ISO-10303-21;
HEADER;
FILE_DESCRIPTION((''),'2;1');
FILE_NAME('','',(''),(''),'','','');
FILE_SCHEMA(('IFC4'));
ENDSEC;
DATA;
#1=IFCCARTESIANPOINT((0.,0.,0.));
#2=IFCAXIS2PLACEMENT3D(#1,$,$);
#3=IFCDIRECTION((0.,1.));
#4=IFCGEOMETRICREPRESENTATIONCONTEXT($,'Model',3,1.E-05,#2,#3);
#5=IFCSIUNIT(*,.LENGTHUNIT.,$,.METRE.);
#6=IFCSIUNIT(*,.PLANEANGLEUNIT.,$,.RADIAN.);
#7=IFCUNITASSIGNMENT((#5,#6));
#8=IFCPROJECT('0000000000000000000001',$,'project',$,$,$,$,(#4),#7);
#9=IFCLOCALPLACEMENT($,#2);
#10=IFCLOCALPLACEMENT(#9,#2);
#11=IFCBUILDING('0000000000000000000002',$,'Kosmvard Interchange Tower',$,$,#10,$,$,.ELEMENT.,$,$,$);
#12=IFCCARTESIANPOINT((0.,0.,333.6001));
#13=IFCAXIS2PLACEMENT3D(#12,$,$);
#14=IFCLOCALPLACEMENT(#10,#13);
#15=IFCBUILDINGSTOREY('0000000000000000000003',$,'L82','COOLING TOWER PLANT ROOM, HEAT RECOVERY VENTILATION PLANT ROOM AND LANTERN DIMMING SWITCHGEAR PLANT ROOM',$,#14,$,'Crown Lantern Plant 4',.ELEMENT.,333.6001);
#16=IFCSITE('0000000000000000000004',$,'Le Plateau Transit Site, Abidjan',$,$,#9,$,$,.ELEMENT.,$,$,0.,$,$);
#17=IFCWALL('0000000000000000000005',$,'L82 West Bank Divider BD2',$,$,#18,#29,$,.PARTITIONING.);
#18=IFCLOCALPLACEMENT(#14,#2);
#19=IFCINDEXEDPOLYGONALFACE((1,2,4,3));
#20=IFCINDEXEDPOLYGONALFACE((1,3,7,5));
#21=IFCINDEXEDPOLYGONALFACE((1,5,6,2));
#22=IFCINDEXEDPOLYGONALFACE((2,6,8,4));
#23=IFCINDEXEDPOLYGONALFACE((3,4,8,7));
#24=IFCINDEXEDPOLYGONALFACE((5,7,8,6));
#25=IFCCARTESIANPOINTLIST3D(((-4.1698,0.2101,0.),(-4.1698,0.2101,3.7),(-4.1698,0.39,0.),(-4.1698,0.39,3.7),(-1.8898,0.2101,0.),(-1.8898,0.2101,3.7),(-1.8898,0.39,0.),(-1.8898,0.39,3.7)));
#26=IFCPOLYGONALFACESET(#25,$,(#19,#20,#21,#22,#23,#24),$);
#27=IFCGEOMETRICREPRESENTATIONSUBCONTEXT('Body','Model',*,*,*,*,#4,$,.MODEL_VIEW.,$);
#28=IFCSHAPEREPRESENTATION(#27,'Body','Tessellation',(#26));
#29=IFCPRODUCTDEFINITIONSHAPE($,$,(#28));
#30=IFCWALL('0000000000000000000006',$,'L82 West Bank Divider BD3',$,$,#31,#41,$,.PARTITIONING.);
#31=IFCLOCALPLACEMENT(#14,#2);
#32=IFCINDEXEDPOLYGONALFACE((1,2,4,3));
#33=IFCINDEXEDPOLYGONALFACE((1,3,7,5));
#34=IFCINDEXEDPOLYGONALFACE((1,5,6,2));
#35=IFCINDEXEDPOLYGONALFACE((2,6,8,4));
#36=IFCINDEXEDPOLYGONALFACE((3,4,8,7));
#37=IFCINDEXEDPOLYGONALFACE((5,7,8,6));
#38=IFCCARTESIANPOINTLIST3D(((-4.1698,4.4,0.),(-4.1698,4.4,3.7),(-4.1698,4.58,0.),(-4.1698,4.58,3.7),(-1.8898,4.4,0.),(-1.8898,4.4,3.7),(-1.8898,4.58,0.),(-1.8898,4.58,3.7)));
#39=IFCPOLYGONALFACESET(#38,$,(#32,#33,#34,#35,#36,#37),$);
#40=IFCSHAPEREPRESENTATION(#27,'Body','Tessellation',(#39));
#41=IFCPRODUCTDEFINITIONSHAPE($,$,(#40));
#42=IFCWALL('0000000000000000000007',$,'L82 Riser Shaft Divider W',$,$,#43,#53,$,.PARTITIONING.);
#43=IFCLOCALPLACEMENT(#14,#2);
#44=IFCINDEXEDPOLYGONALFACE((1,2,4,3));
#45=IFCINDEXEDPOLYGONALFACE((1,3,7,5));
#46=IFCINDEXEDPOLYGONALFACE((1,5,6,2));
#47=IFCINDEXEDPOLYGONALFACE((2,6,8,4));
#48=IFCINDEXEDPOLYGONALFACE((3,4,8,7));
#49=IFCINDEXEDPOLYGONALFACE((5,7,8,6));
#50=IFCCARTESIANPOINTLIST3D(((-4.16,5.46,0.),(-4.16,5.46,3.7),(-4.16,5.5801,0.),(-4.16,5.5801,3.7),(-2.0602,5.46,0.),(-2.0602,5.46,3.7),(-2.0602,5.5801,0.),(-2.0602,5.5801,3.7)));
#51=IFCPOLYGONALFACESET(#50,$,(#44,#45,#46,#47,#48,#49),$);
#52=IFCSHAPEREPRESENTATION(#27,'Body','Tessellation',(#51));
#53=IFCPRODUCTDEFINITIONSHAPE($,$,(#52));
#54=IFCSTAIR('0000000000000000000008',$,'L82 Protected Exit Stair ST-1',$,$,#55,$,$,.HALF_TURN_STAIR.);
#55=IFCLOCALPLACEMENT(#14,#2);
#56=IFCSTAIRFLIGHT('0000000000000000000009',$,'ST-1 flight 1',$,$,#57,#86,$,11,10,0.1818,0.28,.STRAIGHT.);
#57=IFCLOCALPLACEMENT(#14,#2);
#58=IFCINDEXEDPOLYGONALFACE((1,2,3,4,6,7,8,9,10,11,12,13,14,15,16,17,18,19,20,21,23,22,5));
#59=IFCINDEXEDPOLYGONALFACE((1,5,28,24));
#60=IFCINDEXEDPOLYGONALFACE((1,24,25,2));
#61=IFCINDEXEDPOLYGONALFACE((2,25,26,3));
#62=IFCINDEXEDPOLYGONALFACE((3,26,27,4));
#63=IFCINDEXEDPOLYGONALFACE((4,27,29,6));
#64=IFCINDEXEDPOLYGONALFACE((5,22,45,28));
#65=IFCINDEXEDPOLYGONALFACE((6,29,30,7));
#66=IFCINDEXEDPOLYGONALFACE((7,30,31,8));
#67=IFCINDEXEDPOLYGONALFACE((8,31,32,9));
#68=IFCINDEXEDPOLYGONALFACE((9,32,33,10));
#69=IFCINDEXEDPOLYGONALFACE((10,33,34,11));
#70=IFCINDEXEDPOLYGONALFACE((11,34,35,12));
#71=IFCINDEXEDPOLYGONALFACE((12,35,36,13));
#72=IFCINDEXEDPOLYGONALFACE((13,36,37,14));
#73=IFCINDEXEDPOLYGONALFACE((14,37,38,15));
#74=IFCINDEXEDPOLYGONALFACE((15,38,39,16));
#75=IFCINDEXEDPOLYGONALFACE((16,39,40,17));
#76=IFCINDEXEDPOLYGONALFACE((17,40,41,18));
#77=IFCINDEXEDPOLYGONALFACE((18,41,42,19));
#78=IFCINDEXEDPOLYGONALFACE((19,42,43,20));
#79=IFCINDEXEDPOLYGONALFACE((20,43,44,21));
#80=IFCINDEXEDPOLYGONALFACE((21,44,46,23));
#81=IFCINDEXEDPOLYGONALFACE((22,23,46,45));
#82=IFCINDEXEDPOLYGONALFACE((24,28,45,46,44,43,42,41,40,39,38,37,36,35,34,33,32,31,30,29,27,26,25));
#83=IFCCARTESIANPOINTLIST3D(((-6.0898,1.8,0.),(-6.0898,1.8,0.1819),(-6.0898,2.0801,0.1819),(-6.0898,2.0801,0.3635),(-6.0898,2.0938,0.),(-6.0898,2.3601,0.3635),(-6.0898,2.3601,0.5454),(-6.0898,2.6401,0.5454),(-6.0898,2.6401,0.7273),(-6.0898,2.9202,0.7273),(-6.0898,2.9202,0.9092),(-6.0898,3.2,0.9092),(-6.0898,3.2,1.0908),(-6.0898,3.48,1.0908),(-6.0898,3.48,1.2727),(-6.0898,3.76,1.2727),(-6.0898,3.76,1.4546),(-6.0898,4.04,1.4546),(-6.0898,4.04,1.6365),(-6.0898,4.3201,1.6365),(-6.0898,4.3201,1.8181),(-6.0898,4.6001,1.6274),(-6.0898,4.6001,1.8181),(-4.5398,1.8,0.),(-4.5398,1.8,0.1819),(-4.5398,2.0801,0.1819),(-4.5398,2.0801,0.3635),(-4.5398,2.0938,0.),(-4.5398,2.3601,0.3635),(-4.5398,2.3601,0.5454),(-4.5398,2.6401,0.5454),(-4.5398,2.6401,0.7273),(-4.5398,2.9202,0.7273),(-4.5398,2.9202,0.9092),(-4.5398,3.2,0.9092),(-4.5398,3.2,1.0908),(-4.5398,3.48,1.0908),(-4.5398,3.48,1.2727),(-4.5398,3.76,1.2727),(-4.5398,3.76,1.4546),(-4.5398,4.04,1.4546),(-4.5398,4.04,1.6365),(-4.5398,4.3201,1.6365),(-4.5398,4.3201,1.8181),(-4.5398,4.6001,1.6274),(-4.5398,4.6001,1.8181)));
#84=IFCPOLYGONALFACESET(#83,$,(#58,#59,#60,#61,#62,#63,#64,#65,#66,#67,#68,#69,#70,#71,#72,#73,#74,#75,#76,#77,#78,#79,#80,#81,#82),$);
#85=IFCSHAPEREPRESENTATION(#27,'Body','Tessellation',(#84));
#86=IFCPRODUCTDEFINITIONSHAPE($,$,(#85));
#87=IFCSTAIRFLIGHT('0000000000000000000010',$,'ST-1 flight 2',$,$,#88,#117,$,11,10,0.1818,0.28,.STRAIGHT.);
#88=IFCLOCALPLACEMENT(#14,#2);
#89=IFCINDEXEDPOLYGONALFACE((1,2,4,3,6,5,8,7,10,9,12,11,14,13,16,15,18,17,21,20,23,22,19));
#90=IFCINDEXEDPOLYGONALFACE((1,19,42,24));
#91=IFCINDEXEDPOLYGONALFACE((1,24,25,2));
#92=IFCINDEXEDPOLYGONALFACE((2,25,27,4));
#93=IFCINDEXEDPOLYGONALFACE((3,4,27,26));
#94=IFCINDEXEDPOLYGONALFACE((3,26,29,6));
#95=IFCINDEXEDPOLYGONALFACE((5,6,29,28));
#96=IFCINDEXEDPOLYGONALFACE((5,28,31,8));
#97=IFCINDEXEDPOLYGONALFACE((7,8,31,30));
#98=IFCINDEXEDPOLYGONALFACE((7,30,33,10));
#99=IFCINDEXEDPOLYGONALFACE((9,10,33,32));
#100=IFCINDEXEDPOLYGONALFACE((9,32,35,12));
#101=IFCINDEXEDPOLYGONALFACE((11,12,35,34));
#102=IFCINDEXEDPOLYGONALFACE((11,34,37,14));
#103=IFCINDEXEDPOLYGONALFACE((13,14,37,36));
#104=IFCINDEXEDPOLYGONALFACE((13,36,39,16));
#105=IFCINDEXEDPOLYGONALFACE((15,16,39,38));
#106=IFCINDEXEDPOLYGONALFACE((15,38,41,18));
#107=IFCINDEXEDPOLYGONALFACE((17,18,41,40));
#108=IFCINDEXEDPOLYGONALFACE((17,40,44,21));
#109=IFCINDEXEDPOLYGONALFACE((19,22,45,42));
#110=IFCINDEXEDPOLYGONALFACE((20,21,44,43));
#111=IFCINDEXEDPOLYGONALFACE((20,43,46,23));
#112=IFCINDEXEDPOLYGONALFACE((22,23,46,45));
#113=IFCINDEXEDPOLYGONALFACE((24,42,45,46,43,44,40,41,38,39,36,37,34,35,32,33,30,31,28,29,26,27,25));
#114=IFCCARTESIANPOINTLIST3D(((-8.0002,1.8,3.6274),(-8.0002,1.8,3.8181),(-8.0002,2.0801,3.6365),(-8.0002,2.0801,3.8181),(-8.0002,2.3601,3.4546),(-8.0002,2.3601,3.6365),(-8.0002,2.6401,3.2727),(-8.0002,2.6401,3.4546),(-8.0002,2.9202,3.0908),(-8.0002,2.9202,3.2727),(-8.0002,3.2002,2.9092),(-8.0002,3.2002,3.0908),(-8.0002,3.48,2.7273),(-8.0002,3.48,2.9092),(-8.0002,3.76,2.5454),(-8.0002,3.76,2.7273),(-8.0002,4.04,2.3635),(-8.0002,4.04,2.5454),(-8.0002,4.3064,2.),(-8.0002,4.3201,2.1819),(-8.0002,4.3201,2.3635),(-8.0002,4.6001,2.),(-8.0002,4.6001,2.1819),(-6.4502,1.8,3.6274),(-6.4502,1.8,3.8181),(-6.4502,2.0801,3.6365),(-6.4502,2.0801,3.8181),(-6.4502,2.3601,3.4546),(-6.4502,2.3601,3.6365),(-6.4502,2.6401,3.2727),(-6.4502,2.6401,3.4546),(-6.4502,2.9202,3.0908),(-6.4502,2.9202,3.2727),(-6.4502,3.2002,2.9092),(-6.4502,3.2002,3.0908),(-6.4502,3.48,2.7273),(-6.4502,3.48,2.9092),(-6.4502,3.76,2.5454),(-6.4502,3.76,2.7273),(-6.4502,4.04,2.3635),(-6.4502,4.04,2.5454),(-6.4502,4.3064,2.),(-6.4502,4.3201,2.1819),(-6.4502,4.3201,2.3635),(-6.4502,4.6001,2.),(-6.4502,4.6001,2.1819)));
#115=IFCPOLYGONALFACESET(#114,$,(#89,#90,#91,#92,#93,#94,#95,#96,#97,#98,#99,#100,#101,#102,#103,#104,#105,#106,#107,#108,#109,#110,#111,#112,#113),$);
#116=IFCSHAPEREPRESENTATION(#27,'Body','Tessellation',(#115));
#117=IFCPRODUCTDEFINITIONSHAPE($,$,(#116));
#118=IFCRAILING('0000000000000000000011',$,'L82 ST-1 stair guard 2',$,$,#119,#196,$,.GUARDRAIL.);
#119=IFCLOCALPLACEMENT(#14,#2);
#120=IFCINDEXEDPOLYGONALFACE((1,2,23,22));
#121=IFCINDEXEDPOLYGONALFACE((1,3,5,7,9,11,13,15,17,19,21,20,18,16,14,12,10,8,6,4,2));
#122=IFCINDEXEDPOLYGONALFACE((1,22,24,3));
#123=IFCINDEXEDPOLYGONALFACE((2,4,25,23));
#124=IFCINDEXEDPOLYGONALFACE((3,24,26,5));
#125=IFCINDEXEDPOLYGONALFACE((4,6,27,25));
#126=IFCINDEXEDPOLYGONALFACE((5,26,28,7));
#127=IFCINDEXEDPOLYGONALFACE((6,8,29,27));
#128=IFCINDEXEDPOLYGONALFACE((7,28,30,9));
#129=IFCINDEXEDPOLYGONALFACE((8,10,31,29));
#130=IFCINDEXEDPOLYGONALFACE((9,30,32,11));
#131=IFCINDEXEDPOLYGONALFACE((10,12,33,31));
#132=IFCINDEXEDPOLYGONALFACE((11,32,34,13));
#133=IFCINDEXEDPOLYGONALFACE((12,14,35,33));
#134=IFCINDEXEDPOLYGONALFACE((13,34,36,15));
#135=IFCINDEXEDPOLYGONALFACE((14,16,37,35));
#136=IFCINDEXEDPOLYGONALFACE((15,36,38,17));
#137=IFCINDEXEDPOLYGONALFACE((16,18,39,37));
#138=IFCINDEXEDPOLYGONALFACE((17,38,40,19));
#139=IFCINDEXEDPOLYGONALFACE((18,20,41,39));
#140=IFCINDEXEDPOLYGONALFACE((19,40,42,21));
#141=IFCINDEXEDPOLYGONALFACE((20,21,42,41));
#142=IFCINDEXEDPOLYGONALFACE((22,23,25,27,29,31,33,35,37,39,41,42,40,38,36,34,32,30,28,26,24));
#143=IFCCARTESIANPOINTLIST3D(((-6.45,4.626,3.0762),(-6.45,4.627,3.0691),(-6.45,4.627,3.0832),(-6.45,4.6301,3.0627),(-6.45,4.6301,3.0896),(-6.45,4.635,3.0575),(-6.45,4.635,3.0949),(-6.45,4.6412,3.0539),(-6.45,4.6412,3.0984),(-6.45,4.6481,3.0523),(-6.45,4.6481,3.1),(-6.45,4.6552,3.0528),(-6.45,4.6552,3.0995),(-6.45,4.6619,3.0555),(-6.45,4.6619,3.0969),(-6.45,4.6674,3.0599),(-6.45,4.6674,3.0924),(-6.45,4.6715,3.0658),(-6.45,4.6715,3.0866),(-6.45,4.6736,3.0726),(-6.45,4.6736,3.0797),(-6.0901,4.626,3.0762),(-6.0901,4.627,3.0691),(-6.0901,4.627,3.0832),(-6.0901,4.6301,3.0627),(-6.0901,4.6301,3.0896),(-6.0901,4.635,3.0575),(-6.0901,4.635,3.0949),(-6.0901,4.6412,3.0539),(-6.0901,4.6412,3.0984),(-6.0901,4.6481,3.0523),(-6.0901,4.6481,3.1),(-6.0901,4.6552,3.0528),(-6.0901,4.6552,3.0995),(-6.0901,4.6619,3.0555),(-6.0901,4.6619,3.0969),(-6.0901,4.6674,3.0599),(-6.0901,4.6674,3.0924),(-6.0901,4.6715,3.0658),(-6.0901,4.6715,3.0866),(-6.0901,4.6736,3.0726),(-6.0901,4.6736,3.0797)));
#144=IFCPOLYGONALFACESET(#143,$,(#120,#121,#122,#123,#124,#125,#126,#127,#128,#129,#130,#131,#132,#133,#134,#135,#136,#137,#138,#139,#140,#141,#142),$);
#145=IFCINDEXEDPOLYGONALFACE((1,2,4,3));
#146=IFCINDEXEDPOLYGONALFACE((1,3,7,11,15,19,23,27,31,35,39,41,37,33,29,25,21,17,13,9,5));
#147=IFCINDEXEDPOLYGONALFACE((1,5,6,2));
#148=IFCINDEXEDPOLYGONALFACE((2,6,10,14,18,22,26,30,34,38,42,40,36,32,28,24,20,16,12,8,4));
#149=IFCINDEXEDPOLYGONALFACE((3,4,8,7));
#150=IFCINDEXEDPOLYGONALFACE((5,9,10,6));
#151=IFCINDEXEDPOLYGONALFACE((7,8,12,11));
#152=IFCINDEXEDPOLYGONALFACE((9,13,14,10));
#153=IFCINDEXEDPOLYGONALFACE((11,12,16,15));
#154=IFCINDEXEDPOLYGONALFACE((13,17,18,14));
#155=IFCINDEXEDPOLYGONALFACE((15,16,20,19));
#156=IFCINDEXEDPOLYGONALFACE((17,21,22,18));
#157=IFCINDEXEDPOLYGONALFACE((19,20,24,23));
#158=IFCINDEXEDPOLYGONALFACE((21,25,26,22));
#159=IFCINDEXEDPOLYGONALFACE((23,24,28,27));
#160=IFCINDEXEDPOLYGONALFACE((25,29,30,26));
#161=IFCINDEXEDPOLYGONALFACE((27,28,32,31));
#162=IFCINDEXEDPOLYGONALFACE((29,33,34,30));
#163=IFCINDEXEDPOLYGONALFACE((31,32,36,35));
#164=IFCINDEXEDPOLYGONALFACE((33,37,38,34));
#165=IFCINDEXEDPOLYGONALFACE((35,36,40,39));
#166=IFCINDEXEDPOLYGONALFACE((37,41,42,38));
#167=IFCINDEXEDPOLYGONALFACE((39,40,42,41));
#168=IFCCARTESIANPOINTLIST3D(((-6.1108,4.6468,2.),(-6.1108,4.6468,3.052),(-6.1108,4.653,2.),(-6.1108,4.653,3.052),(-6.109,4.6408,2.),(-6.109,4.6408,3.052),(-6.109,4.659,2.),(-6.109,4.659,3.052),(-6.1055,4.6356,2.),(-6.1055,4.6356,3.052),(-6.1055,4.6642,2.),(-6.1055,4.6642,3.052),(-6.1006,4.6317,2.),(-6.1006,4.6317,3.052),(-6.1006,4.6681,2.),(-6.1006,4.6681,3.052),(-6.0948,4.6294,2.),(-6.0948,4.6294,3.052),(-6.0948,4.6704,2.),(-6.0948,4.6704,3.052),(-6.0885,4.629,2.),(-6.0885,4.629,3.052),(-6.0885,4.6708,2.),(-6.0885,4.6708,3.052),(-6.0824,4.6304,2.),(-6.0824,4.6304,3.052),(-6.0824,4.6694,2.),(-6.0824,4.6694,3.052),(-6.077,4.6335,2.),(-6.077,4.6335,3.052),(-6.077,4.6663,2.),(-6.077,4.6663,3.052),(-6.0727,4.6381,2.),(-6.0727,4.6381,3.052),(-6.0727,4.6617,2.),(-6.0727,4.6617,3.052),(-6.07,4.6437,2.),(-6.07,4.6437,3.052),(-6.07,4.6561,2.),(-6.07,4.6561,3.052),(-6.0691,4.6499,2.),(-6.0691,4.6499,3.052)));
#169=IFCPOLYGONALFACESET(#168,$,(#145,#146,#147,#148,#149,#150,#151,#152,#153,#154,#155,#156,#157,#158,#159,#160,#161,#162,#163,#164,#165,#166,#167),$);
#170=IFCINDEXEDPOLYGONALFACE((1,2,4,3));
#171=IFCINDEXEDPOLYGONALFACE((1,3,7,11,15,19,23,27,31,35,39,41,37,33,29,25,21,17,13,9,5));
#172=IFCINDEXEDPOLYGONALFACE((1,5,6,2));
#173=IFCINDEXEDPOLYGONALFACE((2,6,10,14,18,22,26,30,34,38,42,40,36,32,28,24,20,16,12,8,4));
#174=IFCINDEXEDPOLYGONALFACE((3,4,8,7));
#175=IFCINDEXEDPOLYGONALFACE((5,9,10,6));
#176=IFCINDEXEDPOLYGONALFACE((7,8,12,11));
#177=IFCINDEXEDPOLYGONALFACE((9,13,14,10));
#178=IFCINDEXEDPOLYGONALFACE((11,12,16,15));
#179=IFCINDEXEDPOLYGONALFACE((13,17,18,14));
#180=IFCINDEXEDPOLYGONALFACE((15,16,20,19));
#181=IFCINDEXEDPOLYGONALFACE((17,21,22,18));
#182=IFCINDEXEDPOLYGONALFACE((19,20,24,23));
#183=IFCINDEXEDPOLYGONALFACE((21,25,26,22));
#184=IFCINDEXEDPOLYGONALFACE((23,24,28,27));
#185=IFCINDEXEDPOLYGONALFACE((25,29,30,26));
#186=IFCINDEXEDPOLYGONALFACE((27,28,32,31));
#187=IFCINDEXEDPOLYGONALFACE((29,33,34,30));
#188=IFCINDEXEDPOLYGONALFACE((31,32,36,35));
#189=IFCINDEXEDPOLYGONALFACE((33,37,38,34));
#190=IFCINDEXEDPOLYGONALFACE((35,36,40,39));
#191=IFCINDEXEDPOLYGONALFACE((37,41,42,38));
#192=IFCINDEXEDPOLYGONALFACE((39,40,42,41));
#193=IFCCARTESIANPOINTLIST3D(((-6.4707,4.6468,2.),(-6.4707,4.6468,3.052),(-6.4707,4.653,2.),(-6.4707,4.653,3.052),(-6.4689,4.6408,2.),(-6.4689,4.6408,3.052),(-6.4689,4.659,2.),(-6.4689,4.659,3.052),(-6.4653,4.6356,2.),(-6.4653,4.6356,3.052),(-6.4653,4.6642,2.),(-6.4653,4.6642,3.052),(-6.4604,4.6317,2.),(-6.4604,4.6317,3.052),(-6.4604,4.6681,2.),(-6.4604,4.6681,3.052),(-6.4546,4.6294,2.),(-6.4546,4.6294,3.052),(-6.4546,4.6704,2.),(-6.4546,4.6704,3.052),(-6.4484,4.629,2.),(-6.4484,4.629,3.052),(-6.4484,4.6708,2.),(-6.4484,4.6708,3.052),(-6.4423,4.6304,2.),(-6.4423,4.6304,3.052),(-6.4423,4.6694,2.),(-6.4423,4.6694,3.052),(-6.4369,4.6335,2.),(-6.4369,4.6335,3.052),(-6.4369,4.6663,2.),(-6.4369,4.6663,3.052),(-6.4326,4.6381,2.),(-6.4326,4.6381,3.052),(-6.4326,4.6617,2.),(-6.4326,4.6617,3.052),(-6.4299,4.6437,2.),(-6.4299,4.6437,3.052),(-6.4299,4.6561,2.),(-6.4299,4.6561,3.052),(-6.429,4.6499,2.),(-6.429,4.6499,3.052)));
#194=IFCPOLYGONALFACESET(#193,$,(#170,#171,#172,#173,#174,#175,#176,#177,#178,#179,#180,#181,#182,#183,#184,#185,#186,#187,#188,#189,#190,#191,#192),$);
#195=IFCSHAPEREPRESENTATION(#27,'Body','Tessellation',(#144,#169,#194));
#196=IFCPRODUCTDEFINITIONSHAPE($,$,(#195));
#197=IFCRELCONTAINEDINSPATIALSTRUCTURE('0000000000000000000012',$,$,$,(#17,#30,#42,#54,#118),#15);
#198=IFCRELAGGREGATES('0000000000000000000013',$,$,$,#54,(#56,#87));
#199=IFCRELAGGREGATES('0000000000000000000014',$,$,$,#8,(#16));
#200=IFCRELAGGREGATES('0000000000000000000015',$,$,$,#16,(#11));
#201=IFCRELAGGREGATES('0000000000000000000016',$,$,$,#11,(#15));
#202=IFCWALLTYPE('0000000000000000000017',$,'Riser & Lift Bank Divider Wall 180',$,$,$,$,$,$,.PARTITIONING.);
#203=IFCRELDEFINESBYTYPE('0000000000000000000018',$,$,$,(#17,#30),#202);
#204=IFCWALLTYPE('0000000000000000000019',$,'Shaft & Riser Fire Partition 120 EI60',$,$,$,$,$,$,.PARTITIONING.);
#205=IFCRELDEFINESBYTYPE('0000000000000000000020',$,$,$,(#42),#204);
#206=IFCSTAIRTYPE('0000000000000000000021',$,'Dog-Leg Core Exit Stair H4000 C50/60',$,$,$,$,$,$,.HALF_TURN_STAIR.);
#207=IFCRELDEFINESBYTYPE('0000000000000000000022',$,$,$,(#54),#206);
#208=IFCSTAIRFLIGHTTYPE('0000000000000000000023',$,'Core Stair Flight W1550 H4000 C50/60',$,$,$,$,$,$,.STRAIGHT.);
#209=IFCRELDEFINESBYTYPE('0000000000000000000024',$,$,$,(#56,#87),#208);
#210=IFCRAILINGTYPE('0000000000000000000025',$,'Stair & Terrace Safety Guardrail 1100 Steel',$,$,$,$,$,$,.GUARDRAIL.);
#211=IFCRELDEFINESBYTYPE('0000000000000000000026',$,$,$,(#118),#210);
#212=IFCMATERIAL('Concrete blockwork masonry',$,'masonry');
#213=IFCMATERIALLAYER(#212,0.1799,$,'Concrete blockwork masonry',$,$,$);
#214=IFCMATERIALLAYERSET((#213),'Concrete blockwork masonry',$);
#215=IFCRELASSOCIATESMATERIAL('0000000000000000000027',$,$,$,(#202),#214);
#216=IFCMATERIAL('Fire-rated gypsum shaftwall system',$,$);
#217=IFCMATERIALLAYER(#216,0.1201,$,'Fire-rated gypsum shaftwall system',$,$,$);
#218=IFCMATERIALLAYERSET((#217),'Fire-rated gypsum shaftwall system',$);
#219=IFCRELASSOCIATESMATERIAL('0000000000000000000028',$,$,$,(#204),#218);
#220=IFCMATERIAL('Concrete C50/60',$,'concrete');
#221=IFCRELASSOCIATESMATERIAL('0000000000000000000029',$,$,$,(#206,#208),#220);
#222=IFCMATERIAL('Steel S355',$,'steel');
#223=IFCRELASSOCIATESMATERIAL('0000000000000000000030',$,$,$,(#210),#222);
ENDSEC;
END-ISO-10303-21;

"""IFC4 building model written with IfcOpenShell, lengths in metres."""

from ifc_helpers import new_model, si_unit, direction, frame, frame_2d, origin, origin_2d, place, context, subcontext, project, spatial, polyline, rectangle, circle, outline, extrude, source, transform, mapped, material, layer, layer_set, type_object, element, aggregate, save


model = new_model("IFC4")

# Units and contexts
model_context = context("Model", 3, precision=1e-05, world=origin(), true_north=direction((0.0, 1.0)))
body_context = subcontext(model_context, "Body", "Model", "MODEL_VIEW")
ifc_project = project(units=[si_unit("LENGTHUNIT", "METRE"), si_unit("PLANEANGLEUNIT", "RADIAN")], contexts=[model_context])

# Site, building, storey
site_placement = place(None, origin())
site = spatial("IfcSite", under=ifc_project, at=site_placement, Name="Le Plateau Transit Site, Abidjan", CompositionType="ELEMENT", RefElevation=0.0)
building_placement = place(site_placement, origin())
building = spatial("IfcBuilding", under=site, at=building_placement, Name="Kosmvard Interchange Tower", CompositionType="ELEMENT")
storey_placement = place(building_placement, frame((0.0, 0.0, 333.6001)))
storey = spatial("IfcBuildingStorey", under=building, at=storey_placement, Name="L82", Description="COOLING TOWER PLANT ROOM, HEAT RECOVERY VENTILATION PLANT ROOM AND LANTERN DIMMING SWITCHGEAR PLANT ROOM", LongName="Crown Lantern Plant 4", CompositionType="ELEMENT", Elevation=333.6001)

# Shared definitions
ifc_material_1 = material(Name="Concrete C50/60", Category="concrete")
ifc_material_2 = material(Name="Steel S355", Category="steel")

# Walls
ifc_material_3 = material(Name="Concrete blockwork masonry", Category="masonry")
ifc_layer_1 = layer(ifc_material_3, 0.1799, Name="Concrete blockwork masonry")
ifc_layer_set_1 = layer_set([ifc_layer_1], Name="Concrete blockwork masonry")
wall_type_1 = type_object("IfcWallType", Name="Riser & Lift Bank Divider Wall 180", PredefinedType="PARTITIONING", material=ifc_layer_set_1)
for number, where, z_axis, x_axis, name in (
    (1, (-4.1699, 0.3, 0.0), (0.0, 0.0, 1.0), (1.0, 0.0, 0.0), "L82 West Bank Divider BD2"),
    (2, (-4.1699, 4.49, 0.0), (0.0, 0.0, 1.0), (1.0, 0.0, 0.0), "L82 West Bank Divider BD3"),
):
    element("IfcWall", number, at=place(storey_placement, frame(where, z_axis=z_axis, x_axis=x_axis)), inside=storey, type_object=wall_type_1, Name=name, PredefinedType="PARTITIONING", context=body_context, shape_type="SweptSolid", body=[
        extrude(rectangle(XDim=2.28, YDim=0.1799, at=frame_2d((1.1401, 0.0))), origin(), (0.0, 0.0, 1.0), 3.7),
    ])
ifc_material_4 = material(Name="Fire-rated gypsum shaftwall system")
ifc_layer_2 = layer(ifc_material_4, 0.1201, Name="Fire-rated gypsum shaftwall system")
ifc_layer_set_2 = layer_set([ifc_layer_2], Name="Fire-rated gypsum shaftwall system")
wall_type_2 = type_object("IfcWallType", Name="Shaft & Riser Fire Partition 120 EI60", PredefinedType="PARTITIONING", material=ifc_layer_set_2)
wall_1_placement = place(storey_placement, frame((-4.1599, 5.52, 0.0), z_axis=(0.0, 0.0, 1.0), x_axis=(1.0, 0.0, 0.0)))
element("IfcWall", 3, at=wall_1_placement, inside=storey, type_object=wall_type_2, Name="L82 Riser Shaft Divider W", PredefinedType="PARTITIONING", context=body_context, shape_type="SweptSolid", body=[
    extrude(rectangle(XDim=2.0999, YDim=0.1201, at=frame_2d((1.0498, 0.0))), origin(), (0.0, 0.0, 1.0), 3.7),
])

# Stair, stair flights
stair_type = type_object("IfcStairType", Name="Dog-Leg Core Exit Stair H4000 C50/60", PredefinedType="HALF_TURN_STAIR", material=ifc_material_1)
stair_placement = place(storey_placement, origin())
stair = element("IfcStair", 4, at=stair_placement, inside=storey, type_object=stair_type, Name="L82 Protected Exit Stair ST-1", PredefinedType="HALF_TURN_STAIR")
stair_flight_type = type_object("IfcStairFlightType", Name="Core Stair Flight W1550 H4000 C50/60", PredefinedType="STRAIGHT", material=ifc_material_1)
shared_shape_1 = source(origin(), body_context, "Body", "SweptSolid", [
    extrude(outline(polyline([(0.0, 0.0), (0.0, 0.1819), (0.28, 0.1819), (0.28, 0.3635), (0.5601, 0.3635), (0.5601, 0.5454), (0.8401, 0.5454), (0.8401, 0.7273), (1.1201, 0.7273), (1.1201, 0.9092), (1.3999, 0.9092), (1.3999, 1.0908), (1.6799, 1.0908), (1.6799, 1.2727), (1.96, 1.2727), (1.96, 1.4546), (2.24, 1.4546), (2.24, 1.6365), (2.52, 1.6365), (2.52, 1.8181), (2.8, 1.8181), (2.8, 2.0), (2.8, 1.6274), (0.2937, 0.0), (0.0, 0.0)])), frame((0.0, 0.7749, 0.0), z_axis=(0.0, -1.0, 0.0), x_axis=(1.0, 0.0, 0.0)), (0.0, 0.0, 1.0), 1.55),
])
stair_flight_1_placement = place(storey_placement, frame((-5.3149, 1.8, 0.0), z_axis=(0.0, 0.0, 1.0), x_axis=(0.0, 1.0, 0.0)))
stair_flight_1 = element("IfcStairFlight", 5, at=stair_flight_1_placement, type_object=stair_flight_type, Name="ST-1 flight 1", NumberOfRisers=11, NumberOfTreads=10, PredefinedType="STRAIGHT", RiserHeight=0.1818, TreadLength=0.28, context=body_context, shape_type="MappedRepresentation", body=[
    mapped(shared_shape_1, transform((0.0, 0.0, 0.0), scale=1.0)),
])
stair_flight_2_placement = place(storey_placement, frame((-7.2251, 4.6001, 2.0), z_axis=(0.0, 0.0, 1.0), x_axis=(0.0, -1.0, 0.0)))
stair_flight_2 = element("IfcStairFlight", 6, at=stair_flight_2_placement, type_object=stair_flight_type, Name="ST-1 flight 2", NumberOfRisers=11, NumberOfTreads=10, PredefinedType="STRAIGHT", RiserHeight=0.1818, TreadLength=0.28, context=body_context, shape_type="MappedRepresentation", body=[
    mapped(shared_shape_1, transform((0.0, 0.0, 0.0), scale=1.0)),
])
aggregate(stair, [stair_flight_1, stair_flight_2])

# Railing
railing_type_1 = type_object("IfcRailingType", Name="Stair & Terrace Safety Guardrail 1100 Steel", PredefinedType="GUARDRAIL", material=ifc_material_2)
shared_shape_2 = source(origin(), body_context, "Body", "SweptSolid", [
    extrude(circle(Radius=0.0239, at=origin_2d()), frame((0.0, 0.0, 1.0762), z_axis=(-1.0, 0.0, 0.0), x_axis=(0.0, -1.0, 0.0)), (0.0, 0.0, 1.0), 0.3599),
    extrude(circle(Radius=0.021, at=origin_2d()), origin(), (0.0, 0.0, 1.0), 1.052),
    extrude(circle(Radius=0.021, at=origin_2d()), frame((-0.3599, 0.0, 0.0)), (0.0, 0.0, 1.0), 1.052),
])
for number, where, name in (
    (7, (-6.0901, 4.6499, 2.0), "L82 ST-1 stair guard 2"),
):
    element("IfcRailing", number, at=place(storey_placement, frame(where)), inside=storey, type_object=railing_type_1, Name=name, PredefinedType="GUARDRAIL", context=body_context, shape_type="MappedRepresentation", body=[
        mapped(shared_shape_2, transform((0.0, 0.0, 0.0), scale=1.0)),
    ])

save(model, "model.ifc")
